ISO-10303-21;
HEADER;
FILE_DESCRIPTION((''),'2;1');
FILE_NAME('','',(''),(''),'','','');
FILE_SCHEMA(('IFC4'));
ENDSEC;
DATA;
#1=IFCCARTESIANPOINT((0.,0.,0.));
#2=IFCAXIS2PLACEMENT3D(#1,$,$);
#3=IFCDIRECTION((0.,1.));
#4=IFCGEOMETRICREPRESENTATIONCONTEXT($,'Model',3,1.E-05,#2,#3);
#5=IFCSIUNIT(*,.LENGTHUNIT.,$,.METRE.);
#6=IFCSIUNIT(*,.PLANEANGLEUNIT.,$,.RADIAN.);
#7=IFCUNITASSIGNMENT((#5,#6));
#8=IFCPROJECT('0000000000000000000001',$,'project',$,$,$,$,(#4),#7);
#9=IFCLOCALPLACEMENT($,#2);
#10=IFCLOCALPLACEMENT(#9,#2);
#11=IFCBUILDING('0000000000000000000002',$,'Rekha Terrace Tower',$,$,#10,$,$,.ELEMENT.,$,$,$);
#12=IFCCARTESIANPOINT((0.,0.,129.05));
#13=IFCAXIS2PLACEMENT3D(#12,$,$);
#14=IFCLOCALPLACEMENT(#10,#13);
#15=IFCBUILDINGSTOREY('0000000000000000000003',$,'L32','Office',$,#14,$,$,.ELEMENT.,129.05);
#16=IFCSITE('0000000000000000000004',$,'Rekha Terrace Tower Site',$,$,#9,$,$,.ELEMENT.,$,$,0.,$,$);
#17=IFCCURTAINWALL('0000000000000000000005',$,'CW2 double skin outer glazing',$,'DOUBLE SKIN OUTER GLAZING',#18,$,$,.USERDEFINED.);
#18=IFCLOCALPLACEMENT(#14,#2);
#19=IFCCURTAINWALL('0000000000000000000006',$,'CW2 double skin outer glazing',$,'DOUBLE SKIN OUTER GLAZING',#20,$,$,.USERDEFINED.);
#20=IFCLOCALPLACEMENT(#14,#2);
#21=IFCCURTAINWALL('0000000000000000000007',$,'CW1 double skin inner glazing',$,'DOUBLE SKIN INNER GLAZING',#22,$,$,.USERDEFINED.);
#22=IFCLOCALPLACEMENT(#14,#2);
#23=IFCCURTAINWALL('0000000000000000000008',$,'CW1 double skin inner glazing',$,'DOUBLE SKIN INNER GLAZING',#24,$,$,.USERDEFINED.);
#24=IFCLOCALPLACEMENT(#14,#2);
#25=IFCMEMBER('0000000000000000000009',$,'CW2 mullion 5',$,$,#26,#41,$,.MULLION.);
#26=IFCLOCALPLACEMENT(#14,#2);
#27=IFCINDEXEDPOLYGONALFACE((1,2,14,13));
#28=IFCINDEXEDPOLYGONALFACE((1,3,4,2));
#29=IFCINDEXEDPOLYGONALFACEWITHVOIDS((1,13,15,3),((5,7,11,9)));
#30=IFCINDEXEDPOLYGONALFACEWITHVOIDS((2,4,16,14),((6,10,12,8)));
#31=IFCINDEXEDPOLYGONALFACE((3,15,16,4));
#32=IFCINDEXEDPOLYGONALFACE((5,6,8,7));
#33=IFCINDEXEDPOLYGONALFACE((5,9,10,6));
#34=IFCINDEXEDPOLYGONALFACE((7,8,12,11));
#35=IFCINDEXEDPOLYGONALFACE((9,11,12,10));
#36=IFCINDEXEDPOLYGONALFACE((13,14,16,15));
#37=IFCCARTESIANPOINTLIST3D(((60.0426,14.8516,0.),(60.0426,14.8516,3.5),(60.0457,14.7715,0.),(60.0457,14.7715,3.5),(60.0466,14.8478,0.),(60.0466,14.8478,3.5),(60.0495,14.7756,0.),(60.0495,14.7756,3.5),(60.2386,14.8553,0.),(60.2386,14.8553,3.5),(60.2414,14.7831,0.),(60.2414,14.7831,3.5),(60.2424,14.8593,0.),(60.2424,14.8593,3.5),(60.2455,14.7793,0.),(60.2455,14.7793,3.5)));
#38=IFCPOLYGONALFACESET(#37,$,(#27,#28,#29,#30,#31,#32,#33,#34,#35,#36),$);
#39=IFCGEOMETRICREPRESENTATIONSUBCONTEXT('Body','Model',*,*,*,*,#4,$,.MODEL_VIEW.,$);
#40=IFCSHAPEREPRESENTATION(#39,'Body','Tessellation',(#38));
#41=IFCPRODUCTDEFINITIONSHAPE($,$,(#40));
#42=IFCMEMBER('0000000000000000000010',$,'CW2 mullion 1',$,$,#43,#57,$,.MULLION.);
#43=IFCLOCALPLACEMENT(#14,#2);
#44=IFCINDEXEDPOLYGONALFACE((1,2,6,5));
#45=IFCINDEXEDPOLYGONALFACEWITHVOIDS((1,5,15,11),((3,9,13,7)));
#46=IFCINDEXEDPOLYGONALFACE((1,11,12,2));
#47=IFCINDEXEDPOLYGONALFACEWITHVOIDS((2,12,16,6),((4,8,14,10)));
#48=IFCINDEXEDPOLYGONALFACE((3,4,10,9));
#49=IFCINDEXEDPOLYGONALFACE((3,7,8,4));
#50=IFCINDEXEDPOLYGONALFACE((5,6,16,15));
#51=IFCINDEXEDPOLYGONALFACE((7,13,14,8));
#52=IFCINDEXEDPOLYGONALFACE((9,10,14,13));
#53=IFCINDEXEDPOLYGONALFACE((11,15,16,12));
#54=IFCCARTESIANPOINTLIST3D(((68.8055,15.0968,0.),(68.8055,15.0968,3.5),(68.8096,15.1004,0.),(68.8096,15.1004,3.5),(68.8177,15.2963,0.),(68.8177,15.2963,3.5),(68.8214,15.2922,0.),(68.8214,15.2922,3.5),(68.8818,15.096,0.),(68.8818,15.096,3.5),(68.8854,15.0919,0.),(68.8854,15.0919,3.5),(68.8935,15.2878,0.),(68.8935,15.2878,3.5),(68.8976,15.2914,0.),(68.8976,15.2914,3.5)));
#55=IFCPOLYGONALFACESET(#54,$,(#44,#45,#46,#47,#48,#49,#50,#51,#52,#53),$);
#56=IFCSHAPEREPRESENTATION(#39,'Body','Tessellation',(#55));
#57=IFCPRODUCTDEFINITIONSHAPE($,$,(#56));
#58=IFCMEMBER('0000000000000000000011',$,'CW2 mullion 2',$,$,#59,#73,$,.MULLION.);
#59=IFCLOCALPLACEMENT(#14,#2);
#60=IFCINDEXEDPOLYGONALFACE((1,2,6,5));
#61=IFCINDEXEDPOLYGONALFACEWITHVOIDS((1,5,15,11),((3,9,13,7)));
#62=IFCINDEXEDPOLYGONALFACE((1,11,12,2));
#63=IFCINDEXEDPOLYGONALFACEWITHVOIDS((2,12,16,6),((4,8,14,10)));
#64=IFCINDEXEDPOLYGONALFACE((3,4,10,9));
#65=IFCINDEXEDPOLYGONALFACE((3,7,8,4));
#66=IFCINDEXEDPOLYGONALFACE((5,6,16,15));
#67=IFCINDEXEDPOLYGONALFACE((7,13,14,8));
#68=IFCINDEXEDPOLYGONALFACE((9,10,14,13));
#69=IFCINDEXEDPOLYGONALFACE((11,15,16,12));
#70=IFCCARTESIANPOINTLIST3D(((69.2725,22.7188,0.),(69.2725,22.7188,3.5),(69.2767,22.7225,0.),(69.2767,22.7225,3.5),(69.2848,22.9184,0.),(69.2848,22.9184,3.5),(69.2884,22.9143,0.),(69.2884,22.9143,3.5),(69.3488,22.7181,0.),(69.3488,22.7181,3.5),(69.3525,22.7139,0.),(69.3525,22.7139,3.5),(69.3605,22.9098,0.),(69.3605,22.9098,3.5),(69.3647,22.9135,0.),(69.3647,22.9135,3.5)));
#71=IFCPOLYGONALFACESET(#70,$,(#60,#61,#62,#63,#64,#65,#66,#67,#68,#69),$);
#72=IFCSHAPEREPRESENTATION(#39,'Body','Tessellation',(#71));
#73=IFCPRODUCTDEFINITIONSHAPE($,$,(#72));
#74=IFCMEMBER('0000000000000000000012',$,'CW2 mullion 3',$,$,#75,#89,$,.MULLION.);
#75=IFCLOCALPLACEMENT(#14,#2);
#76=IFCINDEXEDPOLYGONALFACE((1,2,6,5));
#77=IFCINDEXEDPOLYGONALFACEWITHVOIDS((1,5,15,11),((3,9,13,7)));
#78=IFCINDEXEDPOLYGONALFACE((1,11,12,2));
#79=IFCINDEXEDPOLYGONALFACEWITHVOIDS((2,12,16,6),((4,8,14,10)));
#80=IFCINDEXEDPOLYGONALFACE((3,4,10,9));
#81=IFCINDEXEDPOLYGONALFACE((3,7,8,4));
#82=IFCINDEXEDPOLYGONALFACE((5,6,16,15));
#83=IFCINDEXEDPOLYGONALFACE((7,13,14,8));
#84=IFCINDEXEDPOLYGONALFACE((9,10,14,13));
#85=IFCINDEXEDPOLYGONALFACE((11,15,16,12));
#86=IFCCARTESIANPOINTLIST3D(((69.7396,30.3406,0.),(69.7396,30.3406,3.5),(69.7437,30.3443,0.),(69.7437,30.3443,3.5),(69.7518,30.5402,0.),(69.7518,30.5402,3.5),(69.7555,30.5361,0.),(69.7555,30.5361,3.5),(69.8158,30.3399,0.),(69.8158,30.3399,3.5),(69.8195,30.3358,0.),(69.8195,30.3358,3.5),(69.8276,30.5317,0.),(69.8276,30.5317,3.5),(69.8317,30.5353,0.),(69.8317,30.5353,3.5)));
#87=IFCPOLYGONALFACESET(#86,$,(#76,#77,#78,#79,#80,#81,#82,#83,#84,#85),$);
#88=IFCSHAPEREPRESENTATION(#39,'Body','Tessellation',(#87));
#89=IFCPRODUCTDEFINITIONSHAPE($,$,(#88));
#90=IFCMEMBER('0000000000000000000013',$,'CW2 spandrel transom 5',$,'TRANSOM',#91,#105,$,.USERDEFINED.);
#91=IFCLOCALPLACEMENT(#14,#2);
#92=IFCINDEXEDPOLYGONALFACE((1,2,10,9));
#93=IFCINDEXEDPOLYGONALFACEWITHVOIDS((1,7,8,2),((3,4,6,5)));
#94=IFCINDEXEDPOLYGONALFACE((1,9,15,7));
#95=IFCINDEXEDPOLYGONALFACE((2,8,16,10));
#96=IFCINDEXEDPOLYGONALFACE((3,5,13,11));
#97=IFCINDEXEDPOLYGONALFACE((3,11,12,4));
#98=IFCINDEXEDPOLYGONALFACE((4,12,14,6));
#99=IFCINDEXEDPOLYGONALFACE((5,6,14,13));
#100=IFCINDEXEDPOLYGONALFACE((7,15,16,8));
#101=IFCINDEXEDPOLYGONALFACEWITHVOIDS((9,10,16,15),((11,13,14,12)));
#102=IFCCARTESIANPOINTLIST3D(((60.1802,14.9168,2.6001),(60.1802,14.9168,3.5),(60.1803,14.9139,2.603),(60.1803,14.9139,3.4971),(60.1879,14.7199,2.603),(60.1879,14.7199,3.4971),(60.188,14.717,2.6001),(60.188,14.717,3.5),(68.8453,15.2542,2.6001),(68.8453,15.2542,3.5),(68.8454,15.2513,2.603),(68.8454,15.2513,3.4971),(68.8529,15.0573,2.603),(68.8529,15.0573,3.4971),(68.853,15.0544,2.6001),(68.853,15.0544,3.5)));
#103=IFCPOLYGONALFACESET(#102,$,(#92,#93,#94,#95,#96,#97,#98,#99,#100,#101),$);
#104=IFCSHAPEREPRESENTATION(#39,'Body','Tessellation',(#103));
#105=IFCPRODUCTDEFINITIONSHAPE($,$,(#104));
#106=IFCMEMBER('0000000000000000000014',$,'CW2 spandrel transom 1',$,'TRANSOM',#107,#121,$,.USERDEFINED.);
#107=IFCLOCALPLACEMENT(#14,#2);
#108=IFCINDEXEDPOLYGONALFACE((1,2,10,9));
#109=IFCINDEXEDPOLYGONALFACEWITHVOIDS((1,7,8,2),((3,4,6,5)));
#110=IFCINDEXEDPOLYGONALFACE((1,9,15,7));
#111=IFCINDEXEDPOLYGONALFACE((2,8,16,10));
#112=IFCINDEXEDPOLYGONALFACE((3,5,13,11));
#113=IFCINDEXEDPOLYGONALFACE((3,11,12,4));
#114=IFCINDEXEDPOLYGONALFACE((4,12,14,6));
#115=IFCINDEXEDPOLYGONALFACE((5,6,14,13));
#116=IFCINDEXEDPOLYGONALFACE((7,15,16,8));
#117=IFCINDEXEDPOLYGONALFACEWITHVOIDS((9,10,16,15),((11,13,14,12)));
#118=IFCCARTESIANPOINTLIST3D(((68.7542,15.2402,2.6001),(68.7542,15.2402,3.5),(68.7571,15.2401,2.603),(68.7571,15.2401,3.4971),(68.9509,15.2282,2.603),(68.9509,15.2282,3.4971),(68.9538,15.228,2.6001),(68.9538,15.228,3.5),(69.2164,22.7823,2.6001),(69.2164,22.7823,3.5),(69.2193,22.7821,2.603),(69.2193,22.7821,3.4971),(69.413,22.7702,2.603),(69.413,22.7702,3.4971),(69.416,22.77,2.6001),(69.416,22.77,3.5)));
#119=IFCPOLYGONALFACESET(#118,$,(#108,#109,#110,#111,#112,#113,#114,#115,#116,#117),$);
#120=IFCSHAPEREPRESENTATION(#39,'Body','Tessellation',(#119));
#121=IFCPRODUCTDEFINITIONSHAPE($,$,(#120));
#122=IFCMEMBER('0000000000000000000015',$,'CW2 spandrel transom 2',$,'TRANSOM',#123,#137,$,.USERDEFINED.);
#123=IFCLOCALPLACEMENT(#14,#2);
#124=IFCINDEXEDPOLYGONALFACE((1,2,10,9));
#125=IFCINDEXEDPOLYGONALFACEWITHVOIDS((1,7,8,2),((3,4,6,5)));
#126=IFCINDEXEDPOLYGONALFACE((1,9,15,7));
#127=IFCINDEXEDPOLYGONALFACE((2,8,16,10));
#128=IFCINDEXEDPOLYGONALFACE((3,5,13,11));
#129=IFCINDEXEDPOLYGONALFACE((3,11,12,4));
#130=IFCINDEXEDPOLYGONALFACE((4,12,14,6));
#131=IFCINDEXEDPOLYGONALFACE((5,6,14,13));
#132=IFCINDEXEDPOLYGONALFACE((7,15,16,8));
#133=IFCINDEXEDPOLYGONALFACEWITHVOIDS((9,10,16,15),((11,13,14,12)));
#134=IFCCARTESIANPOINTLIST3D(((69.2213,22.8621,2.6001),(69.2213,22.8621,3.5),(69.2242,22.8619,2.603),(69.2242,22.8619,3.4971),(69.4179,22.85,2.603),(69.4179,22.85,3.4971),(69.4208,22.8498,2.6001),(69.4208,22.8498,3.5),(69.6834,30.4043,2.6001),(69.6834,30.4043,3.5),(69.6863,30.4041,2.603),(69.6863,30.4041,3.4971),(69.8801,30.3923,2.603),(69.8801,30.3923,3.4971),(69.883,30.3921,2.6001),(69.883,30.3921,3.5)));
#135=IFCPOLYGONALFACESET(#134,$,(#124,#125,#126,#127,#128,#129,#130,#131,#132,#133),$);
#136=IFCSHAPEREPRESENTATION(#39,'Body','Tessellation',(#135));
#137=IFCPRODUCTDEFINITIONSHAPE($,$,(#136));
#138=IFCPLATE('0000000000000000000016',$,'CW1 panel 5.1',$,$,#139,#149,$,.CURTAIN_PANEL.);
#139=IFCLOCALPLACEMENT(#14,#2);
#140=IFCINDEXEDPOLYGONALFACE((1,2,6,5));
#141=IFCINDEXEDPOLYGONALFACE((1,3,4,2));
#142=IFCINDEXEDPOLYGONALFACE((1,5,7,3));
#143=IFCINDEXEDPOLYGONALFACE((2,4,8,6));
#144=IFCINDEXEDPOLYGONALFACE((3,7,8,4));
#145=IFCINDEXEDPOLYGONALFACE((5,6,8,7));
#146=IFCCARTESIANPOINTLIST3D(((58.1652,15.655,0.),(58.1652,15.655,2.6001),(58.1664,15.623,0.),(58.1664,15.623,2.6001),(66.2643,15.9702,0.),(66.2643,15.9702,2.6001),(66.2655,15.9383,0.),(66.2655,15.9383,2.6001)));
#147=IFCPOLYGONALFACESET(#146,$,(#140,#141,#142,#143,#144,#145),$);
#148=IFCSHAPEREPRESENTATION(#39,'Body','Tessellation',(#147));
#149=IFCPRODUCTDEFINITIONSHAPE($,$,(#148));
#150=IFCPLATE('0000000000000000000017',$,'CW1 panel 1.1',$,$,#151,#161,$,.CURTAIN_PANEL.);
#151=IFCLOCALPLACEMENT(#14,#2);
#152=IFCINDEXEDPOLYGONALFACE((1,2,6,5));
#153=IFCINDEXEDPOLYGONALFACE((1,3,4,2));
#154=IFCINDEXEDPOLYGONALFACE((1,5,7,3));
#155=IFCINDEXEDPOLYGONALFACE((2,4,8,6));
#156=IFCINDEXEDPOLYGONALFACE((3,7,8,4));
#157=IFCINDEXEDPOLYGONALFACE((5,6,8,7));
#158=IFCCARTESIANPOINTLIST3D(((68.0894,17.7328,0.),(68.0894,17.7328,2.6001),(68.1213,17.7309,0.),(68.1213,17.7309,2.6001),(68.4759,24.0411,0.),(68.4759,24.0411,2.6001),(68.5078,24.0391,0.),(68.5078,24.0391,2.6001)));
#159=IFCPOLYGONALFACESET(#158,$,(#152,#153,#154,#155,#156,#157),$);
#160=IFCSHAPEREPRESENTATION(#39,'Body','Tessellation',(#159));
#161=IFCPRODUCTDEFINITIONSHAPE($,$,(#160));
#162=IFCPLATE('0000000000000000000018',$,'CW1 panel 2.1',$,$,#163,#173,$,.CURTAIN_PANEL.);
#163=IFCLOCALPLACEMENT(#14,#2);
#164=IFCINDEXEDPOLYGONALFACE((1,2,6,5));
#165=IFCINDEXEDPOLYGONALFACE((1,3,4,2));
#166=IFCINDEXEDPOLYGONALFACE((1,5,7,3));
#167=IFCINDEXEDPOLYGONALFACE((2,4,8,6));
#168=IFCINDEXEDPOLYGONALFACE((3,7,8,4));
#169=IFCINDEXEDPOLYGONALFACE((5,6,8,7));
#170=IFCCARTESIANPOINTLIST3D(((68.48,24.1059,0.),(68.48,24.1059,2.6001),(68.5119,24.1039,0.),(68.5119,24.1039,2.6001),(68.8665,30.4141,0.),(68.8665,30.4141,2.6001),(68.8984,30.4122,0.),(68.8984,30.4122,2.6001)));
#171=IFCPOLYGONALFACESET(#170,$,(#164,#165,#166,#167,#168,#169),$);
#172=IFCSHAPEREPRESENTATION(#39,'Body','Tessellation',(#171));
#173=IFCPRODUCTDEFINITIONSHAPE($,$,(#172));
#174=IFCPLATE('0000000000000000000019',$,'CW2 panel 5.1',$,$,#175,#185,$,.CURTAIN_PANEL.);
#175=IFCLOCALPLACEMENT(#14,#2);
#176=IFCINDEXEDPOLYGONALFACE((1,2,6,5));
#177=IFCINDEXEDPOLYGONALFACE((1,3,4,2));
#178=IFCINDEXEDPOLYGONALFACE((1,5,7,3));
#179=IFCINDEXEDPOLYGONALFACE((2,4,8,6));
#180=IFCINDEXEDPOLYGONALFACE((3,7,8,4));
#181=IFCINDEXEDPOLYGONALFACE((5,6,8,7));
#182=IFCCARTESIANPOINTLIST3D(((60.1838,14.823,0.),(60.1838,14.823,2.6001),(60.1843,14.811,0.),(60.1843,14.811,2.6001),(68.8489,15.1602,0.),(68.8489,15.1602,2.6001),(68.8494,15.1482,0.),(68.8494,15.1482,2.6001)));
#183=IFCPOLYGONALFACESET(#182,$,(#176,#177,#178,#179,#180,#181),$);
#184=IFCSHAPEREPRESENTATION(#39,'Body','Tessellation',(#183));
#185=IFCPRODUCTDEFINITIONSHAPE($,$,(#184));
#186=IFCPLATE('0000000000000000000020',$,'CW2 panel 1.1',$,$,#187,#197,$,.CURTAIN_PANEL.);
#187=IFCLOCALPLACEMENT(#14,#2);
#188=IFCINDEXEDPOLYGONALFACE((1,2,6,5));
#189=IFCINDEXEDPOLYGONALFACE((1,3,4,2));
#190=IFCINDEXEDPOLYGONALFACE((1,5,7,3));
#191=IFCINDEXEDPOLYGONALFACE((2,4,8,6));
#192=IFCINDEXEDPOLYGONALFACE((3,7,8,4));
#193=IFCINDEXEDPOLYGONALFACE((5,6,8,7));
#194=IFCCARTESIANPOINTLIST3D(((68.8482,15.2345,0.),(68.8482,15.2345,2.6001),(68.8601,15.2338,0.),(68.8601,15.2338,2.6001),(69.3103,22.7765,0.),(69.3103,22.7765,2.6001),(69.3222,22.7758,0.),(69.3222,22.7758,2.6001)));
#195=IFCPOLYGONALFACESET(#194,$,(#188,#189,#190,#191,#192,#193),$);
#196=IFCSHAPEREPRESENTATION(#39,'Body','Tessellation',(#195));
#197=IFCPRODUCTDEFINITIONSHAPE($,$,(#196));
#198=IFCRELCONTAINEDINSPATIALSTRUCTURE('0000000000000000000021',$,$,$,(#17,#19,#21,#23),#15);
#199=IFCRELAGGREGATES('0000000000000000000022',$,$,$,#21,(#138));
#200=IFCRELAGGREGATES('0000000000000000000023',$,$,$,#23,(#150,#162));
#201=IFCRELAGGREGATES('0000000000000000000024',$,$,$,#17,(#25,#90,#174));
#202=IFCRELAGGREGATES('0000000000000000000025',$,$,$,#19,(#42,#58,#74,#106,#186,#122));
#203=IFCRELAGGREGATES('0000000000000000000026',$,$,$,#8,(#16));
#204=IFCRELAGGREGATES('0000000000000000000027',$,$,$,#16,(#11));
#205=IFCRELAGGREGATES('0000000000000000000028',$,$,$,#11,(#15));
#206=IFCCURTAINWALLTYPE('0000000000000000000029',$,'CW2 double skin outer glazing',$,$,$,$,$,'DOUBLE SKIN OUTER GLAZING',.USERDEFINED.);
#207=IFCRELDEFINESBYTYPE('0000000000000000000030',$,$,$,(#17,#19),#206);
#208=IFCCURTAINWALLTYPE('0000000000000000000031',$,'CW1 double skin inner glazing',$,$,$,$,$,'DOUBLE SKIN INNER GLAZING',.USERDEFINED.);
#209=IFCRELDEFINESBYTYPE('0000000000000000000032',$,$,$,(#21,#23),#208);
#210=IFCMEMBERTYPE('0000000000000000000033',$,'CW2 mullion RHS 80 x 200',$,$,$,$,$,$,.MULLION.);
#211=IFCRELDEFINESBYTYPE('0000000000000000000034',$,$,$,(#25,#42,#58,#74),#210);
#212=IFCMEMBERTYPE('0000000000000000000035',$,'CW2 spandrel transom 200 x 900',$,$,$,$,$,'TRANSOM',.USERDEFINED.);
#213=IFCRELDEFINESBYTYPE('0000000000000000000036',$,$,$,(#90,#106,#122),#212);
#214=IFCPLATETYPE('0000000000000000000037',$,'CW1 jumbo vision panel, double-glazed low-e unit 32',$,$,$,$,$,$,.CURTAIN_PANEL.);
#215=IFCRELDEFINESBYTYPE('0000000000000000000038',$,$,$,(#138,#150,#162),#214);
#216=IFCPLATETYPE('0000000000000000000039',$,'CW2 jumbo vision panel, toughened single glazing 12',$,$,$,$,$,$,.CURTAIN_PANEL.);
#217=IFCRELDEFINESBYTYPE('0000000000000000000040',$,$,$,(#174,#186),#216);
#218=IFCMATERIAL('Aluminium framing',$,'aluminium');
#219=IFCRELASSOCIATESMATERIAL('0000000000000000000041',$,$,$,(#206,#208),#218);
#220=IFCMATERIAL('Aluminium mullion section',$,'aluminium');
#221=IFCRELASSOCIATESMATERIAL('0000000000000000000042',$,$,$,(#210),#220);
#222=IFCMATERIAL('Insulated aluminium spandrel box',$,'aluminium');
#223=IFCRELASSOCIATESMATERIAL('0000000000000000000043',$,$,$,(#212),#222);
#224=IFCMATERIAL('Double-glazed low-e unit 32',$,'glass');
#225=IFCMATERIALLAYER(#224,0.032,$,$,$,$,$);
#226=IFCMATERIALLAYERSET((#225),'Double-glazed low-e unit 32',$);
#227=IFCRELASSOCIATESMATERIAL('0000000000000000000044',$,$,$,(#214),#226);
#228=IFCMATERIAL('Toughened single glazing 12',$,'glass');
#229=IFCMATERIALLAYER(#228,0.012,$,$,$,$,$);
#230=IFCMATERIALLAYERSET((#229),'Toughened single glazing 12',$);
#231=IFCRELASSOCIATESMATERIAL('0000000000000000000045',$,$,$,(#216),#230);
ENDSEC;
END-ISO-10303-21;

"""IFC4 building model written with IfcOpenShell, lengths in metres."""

from ifc_helpers import new_model, si_unit, direction, frame, origin, origin_2d, place, context, subcontext, project, spatial, rectangle, hollow_rectangle, extrude, material, layer, layer_set, material_profile, profile_set, type_object, element, aggregate, save


model = new_model("IFC4")

# Units and contexts
model_context = context("Model", 3, precision=1e-05, world=origin(), true_north=direction((0.0, 1.0)))
body_context = subcontext(model_context, "Body", "Model", "MODEL_VIEW")
ifc_project = project(units=[si_unit("LENGTHUNIT", "METRE"), si_unit("PLANEANGLEUNIT", "RADIAN")], contexts=[model_context])

# Site, building, storey
site_placement = place(None, origin())
site = spatial("IfcSite", under=ifc_project, at=site_placement, Name="Rekha Terrace Tower Site", CompositionType="ELEMENT", RefElevation=0.0)
building_placement = place(site_placement, origin())
building = spatial("IfcBuilding", under=site, at=building_placement, Name="Rekha Terrace Tower", CompositionType="ELEMENT")
storey_placement = place(building_placement, frame((0.0, 0.0, 129.05)))
storey = spatial("IfcBuildingStorey", under=building, at=storey_placement, Name="L32", Description="Office", CompositionType="ELEMENT", Elevation=129.05)

# Curtain walls
ifc_material_1 = material(Name="Aluminium framing", Category="aluminium")
curtain_wall_type_1 = type_object("IfcCurtainWallType", Name="CW2 double skin outer glazing", ElementType="DOUBLE SKIN OUTER GLAZING", PredefinedType="USERDEFINED", material=ifc_material_1)
curtain_wall_1_placement = place(storey_placement, origin())
curtain_wall_1 = element("IfcCurtainWall", 1, at=curtain_wall_1_placement, inside=storey, type_object=curtain_wall_type_1, Name="CW2 double skin outer glazing", ObjectType="DOUBLE SKIN OUTER GLAZING", PredefinedType="USERDEFINED")
curtain_wall_2_placement = place(storey_placement, origin())
curtain_wall_2 = element("IfcCurtainWall", 2, at=curtain_wall_2_placement, inside=storey, type_object=curtain_wall_type_1, Name="CW2 double skin outer glazing", ObjectType="DOUBLE SKIN OUTER GLAZING", PredefinedType="USERDEFINED")
curtain_wall_type_2 = type_object("IfcCurtainWallType", Name="CW1 double skin inner glazing", ElementType="DOUBLE SKIN INNER GLAZING", PredefinedType="USERDEFINED", material=ifc_material_1)
curtain_wall_3_placement = place(storey_placement, origin())
curtain_wall_3 = element("IfcCurtainWall", 3, at=curtain_wall_3_placement, inside=storey, type_object=curtain_wall_type_2, Name="CW1 double skin inner glazing", ObjectType="DOUBLE SKIN INNER GLAZING", PredefinedType="USERDEFINED")
ifc_material_2 = material(Name="Aluminium mullion section", Category="aluminium")

# Curtain wall
curtain_wall_4_placement = place(storey_placement, origin())
curtain_wall_4 = element("IfcCurtainWall", 4, at=curtain_wall_4_placement, inside=storey, type_object=curtain_wall_type_2, Name="CW1 double skin inner glazing", ObjectType="DOUBLE SKIN INNER GLAZING", PredefinedType="USERDEFINED")
ifc_material_3 = material(Name="Insulated aluminium spandrel box", Category="aluminium")

# Members
ifc_material_profile_1 = material_profile(ifc_material_2, hollow_rectangle(XDim=0.0801, YDim=0.2, WallThickness=0.0039, at=origin_2d()), Name="AL RHS 80x200")
ifc_profile_set_1 = profile_set([ifc_material_profile_1], Name="Aluminium mullion section")
member_type_1 = type_object("IfcMemberType", Name="CW2 mullion RHS 80 x 200", PredefinedType="MULLION", material=ifc_profile_set_1)
member_1_placement = place(storey_placement, frame((60.144, 14.8154, 0.0), z_axis=(0.0, 0.0, 1.0), x_axis=(-0.03889, 0.999243, 0.0)))
member_1 = element("IfcMember", 5, at=member_1_placement, type_object=member_type_1, Name="CW2 mullion 5", PredefinedType="MULLION", context=body_context, shape_type="SweptSolid", body=[
    extrude(hollow_rectangle(XDim=0.0801, YDim=0.2, WallThickness=0.0039, at=origin_2d()), origin(), (0.0, 0.0, 1.0), 3.5),
])
member_2_placement = place(storey_placement, frame((68.8516, 15.1941, 0.0), z_axis=(0.0, 0.0, 1.0), x_axis=(-0.998128, 0.06116, 0.0)))
member_2 = element("IfcMember", 6, at=member_2_placement, type_object=member_type_1, Name="CW2 mullion 1", PredefinedType="MULLION", context=body_context, shape_type="SweptSolid", body=[
    extrude(hollow_rectangle(XDim=0.0801, YDim=0.2, WallThickness=0.0039, at=origin_2d()), origin(), (0.0, 0.0, 1.0), 3.5),
])
member_3_placement = place(storey_placement, frame((69.3186, 22.8162, 0.0), z_axis=(0.0, 0.0, 1.0), x_axis=(-0.998128, 0.06116, 0.0)))
member_3 = element("IfcMember", 7, at=member_3_placement, type_object=member_type_1, Name="CW2 mullion 2", PredefinedType="MULLION", context=body_context, shape_type="SweptSolid", body=[
    extrude(hollow_rectangle(XDim=0.0801, YDim=0.2, WallThickness=0.0039, at=origin_2d()), origin(), (0.0, 0.0, 1.0), 3.5),
])
member_4_placement = place(storey_placement, frame((69.7856, 30.438, 0.0), z_axis=(0.0, 0.0, 1.0), x_axis=(-0.998128, 0.06116, 0.0)))
member_4 = element("IfcMember", 8, at=member_4_placement, type_object=member_type_1, Name="CW2 mullion 3", PredefinedType="MULLION", context=body_context, shape_type="SweptSolid", body=[
    extrude(hollow_rectangle(XDim=0.0801, YDim=0.2, WallThickness=0.0039, at=origin_2d()), origin(), (0.0, 0.0, 1.0), 3.5),
])
ifc_material_profile_2 = material_profile(ifc_material_3, hollow_rectangle(XDim=0.2, YDim=0.8999, WallThickness=0.0029, at=origin_2d()), Name="AL SPANDREL BOX 200x900")
ifc_profile_set_2 = profile_set([ifc_material_profile_2], Name="Insulated aluminium spandrel box")
member_type_2 = type_object("IfcMemberType", Name="CW2 spandrel transom 200 x 900", ElementType="TRANSOM", PredefinedType="USERDEFINED", material=ifc_profile_set_2)
member_5_placement = place(storey_placement, frame((60.1841, 14.8169, 3.05), z_axis=(0.999243, 0.038909, 0.0), x_axis=(-0.038909, 0.999243, 0.0)))
member_5 = element("IfcMember", 9, at=member_5_placement, type_object=member_type_2, Name="CW2 spandrel transom 5", ObjectType="TRANSOM", PredefinedType="USERDEFINED", context=body_context, shape_type="SweptSolid", body=[
    extrude(hollow_rectangle(XDim=0.2, YDim=0.8999, WallThickness=0.0029, at=origin_2d()), origin(), (0.0, 0.0, 1.0), 8.6716),
])
member_6_placement = place(storey_placement, frame((68.854, 15.2341, 3.05), z_axis=(0.061163, 0.998128, 0.0), x_axis=(-0.998128, 0.061163, 0.0)))
member_6 = element("IfcMember", 10, at=member_6_placement, type_object=member_type_2, Name="CW2 spandrel transom 1", ObjectType="TRANSOM", PredefinedType="USERDEFINED", context=body_context, shape_type="SweptSolid", body=[
    extrude(hollow_rectangle(XDim=0.2, YDim=0.8999, WallThickness=0.0029, at=origin_2d()), origin(), (0.0, 0.0, 1.0), 7.5562),
])
member_7_placement = place(storey_placement, frame((69.321, 22.856, 3.05), z_axis=(0.061161, 0.998128, 0.0), x_axis=(-0.998128, 0.061161, 0.0)))
member_7 = element("IfcMember", 11, at=member_7_placement, type_object=member_type_2, Name="CW2 spandrel transom 2", ObjectType="TRANSOM", PredefinedType="USERDEFINED", context=body_context, shape_type="SweptSolid", body=[
    extrude(hollow_rectangle(XDim=0.2, YDim=0.8999, WallThickness=0.0029, at=origin_2d()), origin(), (0.0, 0.0, 1.0), 7.5564),
])

# Plates
ifc_material_4 = material(Name="Double-glazed low-e unit 32", Category="glass")
ifc_layer_1 = layer(ifc_material_4, 0.032)
ifc_layer_set_1 = layer_set([ifc_layer_1], Name="Double-glazed low-e unit 32")
plate_type_1 = type_object("IfcPlateType", Name="CW1 jumbo vision panel, double-glazed low-e unit 32", PredefinedType="CURTAIN_PANEL", material=ifc_layer_set_1)
plate_1_placement = place(storey_placement, frame((62.2153, 15.7966, 0.0), z_axis=(0.0, 0.0, 1.0), x_axis=(0.999243, 0.03889, 0.0)))
plate_1 = element("IfcPlate", 12, at=plate_1_placement, type_object=plate_type_1, Name="CW1 panel 5.1", PredefinedType="CURTAIN_PANEL", context=body_context, shape_type="SweptSolid", body=[
    extrude(rectangle(XDim=8.1052, YDim=0.032, at=origin_2d()), origin(), (0.0, 0.0, 1.0), 2.6001),
])
aggregate(curtain_wall_3, [plate_1])
plate_2_placement = place(storey_placement, frame((68.2986, 20.886, 0.0), z_axis=(0.0, 0.0, 1.0), x_axis=(0.06116, 0.998128, 0.0)))
plate_2 = element("IfcPlate", 13, at=plate_2_placement, type_object=plate_type_1, Name="CW1 panel 1.1", PredefinedType="CURTAIN_PANEL", context=body_context, shape_type="SweptSolid", body=[
    extrude(rectangle(XDim=6.3201, YDim=0.032, at=origin_2d()), origin(), (0.0, 0.0, 1.0), 2.6001),
])
plate_3_placement = place(storey_placement, frame((68.6892, 27.259, 0.0), z_axis=(0.0, 0.0, 1.0), x_axis=(0.06116, 0.998128, 0.0)))
plate_3 = element("IfcPlate", 14, at=plate_3_placement, type_object=plate_type_1, Name="CW1 panel 2.1", PredefinedType="CURTAIN_PANEL", context=body_context, shape_type="SweptSolid", body=[
    extrude(rectangle(XDim=6.3201, YDim=0.032, at=origin_2d()), origin(), (0.0, 0.0, 1.0), 2.6001),
])
aggregate(curtain_wall_4, [plate_2, plate_3])
ifc_material_5 = material(Name="Toughened single glazing 12", Category="glass")
ifc_layer_2 = layer(ifc_material_5, 0.012)
ifc_layer_set_2 = layer_set([ifc_layer_2], Name="Toughened single glazing 12")
plate_type_2 = type_object("IfcPlateType", Name="CW2 jumbo vision panel, toughened single glazing 12", PredefinedType="CURTAIN_PANEL", material=ifc_layer_set_2)
plate_4_placement = place(storey_placement, frame((64.5166, 14.9856, 0.0), z_axis=(0.0, 0.0, 1.0), x_axis=(0.999243, 0.03889, 0.0)))
plate_4 = element("IfcPlate", 15, at=plate_4_placement, type_object=plate_type_2, Name="CW2 panel 5.1", PredefinedType="CURTAIN_PANEL", context=body_context, shape_type="SweptSolid", body=[
    extrude(rectangle(XDim=8.6716, YDim=0.012, at=origin_2d()), origin(), (0.0, 0.0, 1.0), 2.6001),
])
aggregate(curtain_wall_1, [member_1, member_5, plate_4])
plate_5_placement = place(storey_placement, frame((69.0852, 19.0051, 0.0), z_axis=(0.0, 0.0, 1.0), x_axis=(0.06116, 0.998128, 0.0)))
plate_5 = element("IfcPlate", 16, at=plate_5_placement, type_object=plate_type_2, Name="CW2 panel 1.1", PredefinedType="CURTAIN_PANEL", context=body_context, shape_type="SweptSolid", body=[
    extrude(rectangle(XDim=7.5562, YDim=0.012, at=origin_2d()), origin(), (0.0, 0.0, 1.0), 2.6001),
])
aggregate(curtain_wall_2, [member_2, member_3, member_4, member_6, plate_5, member_7])

save(model, "model.ifc")
